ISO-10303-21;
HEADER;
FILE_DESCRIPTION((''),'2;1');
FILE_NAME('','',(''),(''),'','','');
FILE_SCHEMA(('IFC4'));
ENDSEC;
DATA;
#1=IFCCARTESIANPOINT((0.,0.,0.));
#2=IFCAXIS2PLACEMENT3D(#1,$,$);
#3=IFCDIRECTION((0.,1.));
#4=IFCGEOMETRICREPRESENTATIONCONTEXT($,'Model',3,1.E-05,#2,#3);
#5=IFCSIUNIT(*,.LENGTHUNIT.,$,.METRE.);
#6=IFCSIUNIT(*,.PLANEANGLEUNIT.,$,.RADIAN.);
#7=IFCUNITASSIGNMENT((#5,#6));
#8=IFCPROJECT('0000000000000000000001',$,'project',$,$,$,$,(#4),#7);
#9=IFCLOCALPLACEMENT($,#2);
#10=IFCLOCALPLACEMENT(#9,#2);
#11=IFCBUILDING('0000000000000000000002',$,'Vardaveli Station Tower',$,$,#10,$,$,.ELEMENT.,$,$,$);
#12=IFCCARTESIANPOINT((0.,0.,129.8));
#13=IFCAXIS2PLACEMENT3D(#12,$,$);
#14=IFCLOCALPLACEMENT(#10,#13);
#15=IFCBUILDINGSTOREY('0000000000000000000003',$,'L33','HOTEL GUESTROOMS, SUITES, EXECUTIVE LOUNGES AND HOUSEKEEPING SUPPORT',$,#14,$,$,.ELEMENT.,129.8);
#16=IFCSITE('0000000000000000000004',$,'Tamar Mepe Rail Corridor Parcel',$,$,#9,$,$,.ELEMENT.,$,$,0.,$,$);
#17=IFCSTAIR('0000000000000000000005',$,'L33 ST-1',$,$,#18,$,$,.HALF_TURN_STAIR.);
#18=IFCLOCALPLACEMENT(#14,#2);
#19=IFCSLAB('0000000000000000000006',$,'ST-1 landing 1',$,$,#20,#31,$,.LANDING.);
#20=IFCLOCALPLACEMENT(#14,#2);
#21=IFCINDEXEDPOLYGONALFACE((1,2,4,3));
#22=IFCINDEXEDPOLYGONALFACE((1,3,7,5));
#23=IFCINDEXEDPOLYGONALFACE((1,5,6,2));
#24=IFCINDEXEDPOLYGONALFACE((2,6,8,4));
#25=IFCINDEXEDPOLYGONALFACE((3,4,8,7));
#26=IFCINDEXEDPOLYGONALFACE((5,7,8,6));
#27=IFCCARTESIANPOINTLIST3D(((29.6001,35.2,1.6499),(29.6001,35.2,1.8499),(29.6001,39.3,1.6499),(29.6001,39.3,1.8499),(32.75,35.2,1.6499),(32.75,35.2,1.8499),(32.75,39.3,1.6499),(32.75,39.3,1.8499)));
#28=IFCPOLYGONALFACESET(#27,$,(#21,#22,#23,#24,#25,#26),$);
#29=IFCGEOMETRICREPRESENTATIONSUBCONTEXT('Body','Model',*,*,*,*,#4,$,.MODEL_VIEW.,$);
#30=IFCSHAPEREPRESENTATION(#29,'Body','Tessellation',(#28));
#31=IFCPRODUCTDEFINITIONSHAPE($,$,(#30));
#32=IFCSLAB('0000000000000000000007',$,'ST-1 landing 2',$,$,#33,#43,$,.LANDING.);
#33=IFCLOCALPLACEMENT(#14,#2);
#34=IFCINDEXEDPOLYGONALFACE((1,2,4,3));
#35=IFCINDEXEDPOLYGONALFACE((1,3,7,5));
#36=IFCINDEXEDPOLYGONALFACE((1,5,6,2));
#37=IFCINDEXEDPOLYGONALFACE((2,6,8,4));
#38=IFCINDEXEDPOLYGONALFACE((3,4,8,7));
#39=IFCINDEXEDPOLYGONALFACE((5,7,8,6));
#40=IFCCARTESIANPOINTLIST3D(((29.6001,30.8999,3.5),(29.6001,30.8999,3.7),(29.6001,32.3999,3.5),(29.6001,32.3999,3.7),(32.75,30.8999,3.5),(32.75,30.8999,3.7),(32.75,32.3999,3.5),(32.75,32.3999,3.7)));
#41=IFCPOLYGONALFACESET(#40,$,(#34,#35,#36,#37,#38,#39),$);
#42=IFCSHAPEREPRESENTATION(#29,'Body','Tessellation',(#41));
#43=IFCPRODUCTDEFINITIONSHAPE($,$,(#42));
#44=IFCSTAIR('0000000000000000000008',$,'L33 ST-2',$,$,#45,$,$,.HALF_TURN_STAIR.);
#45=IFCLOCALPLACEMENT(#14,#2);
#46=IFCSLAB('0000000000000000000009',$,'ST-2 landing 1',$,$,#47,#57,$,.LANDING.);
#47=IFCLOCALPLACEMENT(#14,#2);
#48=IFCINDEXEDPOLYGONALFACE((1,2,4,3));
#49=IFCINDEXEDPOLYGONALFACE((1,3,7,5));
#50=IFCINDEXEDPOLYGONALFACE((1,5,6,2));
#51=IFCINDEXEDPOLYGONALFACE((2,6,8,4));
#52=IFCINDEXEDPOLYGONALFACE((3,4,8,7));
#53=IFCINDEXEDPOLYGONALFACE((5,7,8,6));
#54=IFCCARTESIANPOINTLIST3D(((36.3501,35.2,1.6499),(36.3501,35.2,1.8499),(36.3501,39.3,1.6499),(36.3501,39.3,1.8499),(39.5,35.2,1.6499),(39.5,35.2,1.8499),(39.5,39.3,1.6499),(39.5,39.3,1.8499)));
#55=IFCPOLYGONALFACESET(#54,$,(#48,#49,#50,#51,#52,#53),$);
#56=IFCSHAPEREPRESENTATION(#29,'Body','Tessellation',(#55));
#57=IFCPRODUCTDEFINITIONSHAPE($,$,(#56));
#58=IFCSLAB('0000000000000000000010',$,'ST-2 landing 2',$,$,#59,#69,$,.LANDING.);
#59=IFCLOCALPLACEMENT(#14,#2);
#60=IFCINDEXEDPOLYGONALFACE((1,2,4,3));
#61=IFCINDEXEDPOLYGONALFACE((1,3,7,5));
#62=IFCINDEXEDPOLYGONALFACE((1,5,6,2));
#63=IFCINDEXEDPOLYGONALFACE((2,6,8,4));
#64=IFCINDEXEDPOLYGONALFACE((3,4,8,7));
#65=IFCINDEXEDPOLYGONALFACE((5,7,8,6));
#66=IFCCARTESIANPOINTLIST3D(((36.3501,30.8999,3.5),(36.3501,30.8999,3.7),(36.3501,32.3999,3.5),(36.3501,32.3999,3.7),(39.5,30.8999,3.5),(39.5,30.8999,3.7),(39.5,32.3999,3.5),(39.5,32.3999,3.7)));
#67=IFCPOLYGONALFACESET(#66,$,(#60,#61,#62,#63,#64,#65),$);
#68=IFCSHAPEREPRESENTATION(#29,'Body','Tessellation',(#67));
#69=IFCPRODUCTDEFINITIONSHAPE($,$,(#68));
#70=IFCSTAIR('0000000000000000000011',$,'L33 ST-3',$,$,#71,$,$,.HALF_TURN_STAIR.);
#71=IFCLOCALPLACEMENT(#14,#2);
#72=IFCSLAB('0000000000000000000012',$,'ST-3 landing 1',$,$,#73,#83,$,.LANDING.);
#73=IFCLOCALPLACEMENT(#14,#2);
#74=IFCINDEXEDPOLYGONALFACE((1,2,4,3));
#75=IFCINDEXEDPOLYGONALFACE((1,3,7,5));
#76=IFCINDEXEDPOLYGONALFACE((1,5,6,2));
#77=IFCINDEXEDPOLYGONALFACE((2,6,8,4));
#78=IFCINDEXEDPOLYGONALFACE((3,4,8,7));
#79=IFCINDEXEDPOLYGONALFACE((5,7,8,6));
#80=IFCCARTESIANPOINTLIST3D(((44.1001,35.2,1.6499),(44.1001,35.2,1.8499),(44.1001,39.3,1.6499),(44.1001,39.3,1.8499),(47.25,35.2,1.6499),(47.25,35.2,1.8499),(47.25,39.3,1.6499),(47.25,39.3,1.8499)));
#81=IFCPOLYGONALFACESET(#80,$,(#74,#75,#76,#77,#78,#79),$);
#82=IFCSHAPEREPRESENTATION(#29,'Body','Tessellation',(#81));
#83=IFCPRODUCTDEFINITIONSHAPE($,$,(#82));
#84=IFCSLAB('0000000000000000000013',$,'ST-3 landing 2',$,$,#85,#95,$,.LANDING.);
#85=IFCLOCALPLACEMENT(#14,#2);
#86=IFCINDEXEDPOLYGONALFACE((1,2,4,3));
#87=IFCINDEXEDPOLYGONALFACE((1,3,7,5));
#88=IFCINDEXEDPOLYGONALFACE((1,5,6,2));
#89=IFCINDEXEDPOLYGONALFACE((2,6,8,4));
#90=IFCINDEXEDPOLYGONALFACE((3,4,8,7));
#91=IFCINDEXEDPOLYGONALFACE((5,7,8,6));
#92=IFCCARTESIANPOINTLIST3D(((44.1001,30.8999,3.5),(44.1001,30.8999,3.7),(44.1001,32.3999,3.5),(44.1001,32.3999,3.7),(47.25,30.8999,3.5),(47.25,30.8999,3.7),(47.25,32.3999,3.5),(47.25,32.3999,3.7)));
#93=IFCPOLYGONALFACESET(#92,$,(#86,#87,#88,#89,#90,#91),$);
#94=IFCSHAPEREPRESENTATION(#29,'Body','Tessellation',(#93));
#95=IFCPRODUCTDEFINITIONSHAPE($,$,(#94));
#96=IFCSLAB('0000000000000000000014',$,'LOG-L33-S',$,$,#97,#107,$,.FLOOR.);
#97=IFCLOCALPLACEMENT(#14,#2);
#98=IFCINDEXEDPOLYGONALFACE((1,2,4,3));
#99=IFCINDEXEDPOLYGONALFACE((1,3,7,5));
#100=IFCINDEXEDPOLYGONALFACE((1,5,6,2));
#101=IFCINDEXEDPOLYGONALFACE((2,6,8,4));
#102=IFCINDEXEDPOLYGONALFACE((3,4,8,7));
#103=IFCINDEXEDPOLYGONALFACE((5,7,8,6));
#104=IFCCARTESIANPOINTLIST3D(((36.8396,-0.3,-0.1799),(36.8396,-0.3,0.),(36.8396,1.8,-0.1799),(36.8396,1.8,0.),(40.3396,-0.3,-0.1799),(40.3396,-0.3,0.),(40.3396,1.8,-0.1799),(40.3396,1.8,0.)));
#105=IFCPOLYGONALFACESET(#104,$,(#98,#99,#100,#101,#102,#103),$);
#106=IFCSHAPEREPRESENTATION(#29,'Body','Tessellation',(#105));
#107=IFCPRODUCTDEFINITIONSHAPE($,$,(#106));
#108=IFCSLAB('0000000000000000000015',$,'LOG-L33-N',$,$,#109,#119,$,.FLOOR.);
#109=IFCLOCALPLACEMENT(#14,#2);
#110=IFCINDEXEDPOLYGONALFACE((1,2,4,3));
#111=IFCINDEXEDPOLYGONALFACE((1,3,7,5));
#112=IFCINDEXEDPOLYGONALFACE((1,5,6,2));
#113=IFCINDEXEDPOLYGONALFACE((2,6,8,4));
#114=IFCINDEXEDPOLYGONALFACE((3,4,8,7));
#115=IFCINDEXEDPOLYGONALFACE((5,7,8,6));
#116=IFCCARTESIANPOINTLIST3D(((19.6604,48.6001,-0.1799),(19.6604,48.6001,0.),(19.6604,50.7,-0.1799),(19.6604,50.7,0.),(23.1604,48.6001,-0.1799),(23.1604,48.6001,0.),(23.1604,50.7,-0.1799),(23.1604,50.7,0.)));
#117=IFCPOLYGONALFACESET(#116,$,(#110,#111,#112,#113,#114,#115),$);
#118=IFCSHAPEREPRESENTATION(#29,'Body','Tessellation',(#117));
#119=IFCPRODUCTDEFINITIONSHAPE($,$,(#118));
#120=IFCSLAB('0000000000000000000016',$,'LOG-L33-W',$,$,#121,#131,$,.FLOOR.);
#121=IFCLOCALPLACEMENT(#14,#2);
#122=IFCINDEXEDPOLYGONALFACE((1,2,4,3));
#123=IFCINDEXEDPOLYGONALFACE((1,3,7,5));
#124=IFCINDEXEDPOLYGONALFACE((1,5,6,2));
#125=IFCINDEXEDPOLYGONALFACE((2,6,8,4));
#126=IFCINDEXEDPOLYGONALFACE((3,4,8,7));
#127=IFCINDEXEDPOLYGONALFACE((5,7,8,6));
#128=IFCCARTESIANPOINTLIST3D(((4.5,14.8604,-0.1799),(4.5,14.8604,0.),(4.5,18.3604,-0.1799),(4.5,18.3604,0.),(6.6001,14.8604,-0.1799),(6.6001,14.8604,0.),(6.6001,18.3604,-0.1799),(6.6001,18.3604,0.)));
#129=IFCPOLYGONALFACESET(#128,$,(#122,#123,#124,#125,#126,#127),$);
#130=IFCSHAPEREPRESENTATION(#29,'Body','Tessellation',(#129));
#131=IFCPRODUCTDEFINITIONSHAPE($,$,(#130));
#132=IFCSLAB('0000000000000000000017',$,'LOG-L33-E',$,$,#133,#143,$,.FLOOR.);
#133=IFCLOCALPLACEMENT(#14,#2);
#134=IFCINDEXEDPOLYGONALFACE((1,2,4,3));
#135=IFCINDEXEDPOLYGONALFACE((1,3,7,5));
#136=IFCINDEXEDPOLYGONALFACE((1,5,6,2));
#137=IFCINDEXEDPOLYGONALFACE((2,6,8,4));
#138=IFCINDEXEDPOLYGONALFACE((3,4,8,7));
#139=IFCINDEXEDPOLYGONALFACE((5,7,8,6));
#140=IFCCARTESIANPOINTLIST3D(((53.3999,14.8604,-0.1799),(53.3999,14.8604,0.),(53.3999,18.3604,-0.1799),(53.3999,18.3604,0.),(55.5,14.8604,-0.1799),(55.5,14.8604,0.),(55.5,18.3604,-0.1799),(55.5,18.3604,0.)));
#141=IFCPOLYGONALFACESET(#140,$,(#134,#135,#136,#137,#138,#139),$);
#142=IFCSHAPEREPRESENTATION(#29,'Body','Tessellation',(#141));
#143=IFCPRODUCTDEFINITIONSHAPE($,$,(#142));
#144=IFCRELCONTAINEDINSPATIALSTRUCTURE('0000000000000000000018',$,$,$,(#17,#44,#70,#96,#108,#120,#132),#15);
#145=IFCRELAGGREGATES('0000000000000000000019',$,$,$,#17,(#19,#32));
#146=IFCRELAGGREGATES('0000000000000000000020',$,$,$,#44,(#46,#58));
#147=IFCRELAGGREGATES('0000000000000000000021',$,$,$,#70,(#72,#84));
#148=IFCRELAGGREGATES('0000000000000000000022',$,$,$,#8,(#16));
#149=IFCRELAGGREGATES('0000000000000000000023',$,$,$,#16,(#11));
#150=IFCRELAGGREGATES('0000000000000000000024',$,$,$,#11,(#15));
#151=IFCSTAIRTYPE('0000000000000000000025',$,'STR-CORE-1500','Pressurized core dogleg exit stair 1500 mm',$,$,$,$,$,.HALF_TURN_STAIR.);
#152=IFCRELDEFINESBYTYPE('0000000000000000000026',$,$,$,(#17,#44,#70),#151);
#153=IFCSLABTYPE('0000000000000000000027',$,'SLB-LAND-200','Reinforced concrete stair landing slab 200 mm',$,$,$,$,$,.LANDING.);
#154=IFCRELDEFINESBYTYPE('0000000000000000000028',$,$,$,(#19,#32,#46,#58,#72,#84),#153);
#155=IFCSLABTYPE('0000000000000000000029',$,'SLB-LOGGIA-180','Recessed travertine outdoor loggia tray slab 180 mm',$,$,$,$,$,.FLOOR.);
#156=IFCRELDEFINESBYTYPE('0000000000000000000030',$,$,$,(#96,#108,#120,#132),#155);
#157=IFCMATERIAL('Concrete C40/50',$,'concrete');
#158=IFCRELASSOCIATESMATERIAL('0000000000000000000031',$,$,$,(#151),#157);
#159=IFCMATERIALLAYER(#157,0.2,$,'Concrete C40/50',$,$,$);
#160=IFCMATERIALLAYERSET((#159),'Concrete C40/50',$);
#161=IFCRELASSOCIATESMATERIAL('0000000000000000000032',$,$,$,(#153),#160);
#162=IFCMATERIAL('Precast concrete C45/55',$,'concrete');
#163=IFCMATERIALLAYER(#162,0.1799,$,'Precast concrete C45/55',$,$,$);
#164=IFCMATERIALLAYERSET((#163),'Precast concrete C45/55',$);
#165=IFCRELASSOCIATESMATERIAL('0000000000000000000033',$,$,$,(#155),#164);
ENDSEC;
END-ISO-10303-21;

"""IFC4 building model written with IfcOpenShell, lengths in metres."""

from ifc_helpers import new_model, si_unit, direction, frame, origin, place, context, subcontext, project, spatial, polyline, outline, extrude, material, layer, layer_set, type_object, element, aggregate, save


model = new_model("IFC4")

# Units and contexts
model_context = context("Model", 3, precision=1e-05, world=origin(), true_north=direction((0.0, 1.0)))
body_context = subcontext(model_context, "Body", "Model", "MODEL_VIEW")
ifc_project = project(units=[si_unit("LENGTHUNIT", "METRE"), si_unit("PLANEANGLEUNIT", "RADIAN")], contexts=[model_context])

# Site, building, storey
site_placement = place(None, origin())
site = spatial("IfcSite", under=ifc_project, at=site_placement, Name="Tamar Mepe Rail Corridor Parcel", CompositionType="ELEMENT", RefElevation=0.0)
building_placement = place(site_placement, origin())
building = spatial("IfcBuilding", under=site, at=building_placement, Name="Vardaveli Station Tower", CompositionType="ELEMENT")
storey_placement = place(building_placement, frame((0.0, 0.0, 129.8)))
storey = spatial("IfcBuildingStorey", under=building, at=storey_placement, Name="L33", Description="HOTEL GUESTROOMS, SUITES, EXECUTIVE LOUNGES AND HOUSEKEEPING SUPPORT", CompositionType="ELEMENT", Elevation=129.8)

# Stairs, slabs
ifc_material_1 = material(Name="Concrete C40/50", Category="concrete")
stair_type = type_object("IfcStairType", Name="STR-CORE-1500", Description="Pressurized core dogleg exit stair 1500 mm", PredefinedType="HALF_TURN_STAIR", material=ifc_material_1)
stair_1_placement = place(storey_placement, origin())
stair_1 = element("IfcStair", 1, at=stair_1_placement, inside=storey, type_object=stair_type, Name="L33 ST-1", PredefinedType="HALF_TURN_STAIR")
ifc_layer_1 = layer(ifc_material_1, 0.2, Name="Concrete C40/50")
ifc_layer_set_1 = layer_set([ifc_layer_1], Name="Concrete C40/50")
slab_type_1 = type_object("IfcSlabType", Name="SLB-LAND-200", Description="Reinforced concrete stair landing slab 200 mm", PredefinedType="LANDING", material=ifc_layer_set_1)
slab_1_placement = place(storey_placement, frame((0.0, 0.0, 1.6499)))
slab_1 = element("IfcSlab", 2, at=slab_1_placement, type_object=slab_type_1, Name="ST-1 landing 1", PredefinedType="LANDING", context=body_context, shape_type="SweptSolid", body=[
    extrude(outline(polyline([(32.75, 35.2), (32.75, 39.3), (29.6001, 39.3), (29.6001, 35.2), (32.75, 35.2)])), origin(), (0.0, 0.0, 1.0), 0.2),
])
slab_2_placement = place(storey_placement, frame((0.0, 0.0, 3.5)))
slab_2 = element("IfcSlab", 3, at=slab_2_placement, type_object=slab_type_1, Name="ST-1 landing 2", PredefinedType="LANDING", context=body_context, shape_type="SweptSolid", body=[
    extrude(outline(polyline([(32.75, 30.8999), (32.75, 32.3999), (29.6001, 32.3999), (29.6001, 30.8999), (32.75, 30.8999)])), origin(), (0.0, 0.0, 1.0), 0.2),
])
aggregate(stair_1, [slab_1, slab_2])
stair_2_placement = place(storey_placement, origin())
stair_2 = element("IfcStair", 4, at=stair_2_placement, inside=storey, type_object=stair_type, Name="L33 ST-2", PredefinedType="HALF_TURN_STAIR")
slab_3_placement = place(storey_placement, frame((0.0, 0.0, 1.6499)))
slab_3 = element("IfcSlab", 5, at=slab_3_placement, type_object=slab_type_1, Name="ST-2 landing 1", PredefinedType="LANDING", context=body_context, shape_type="SweptSolid", body=[
    extrude(outline(polyline([(39.5, 35.2), (39.5, 39.3), (36.3501, 39.3), (36.3501, 35.2), (39.5, 35.2)])), origin(), (0.0, 0.0, 1.0), 0.2),
])
slab_4_placement = place(storey_placement, frame((0.0, 0.0, 3.5)))
slab_4 = element("IfcSlab", 6, at=slab_4_placement, type_object=slab_type_1, Name="ST-2 landing 2", PredefinedType="LANDING", context=body_context, shape_type="SweptSolid", body=[
    extrude(outline(polyline([(39.5, 30.8999), (39.5, 32.3999), (36.3501, 32.3999), (36.3501, 30.8999), (39.5, 30.8999)])), origin(), (0.0, 0.0, 1.0), 0.2),
])
aggregate(stair_2, [slab_3, slab_4])
stair_3_placement = place(storey_placement, origin())
stair_3 = element("IfcStair", 7, at=stair_3_placement, inside=storey, type_object=stair_type, Name="L33 ST-3", PredefinedType="HALF_TURN_STAIR")
slab_5_placement = place(storey_placement, frame((0.0, 0.0, 1.6499)))
slab_5 = element("IfcSlab", 8, at=slab_5_placement, type_object=slab_type_1, Name="ST-3 landing 1", PredefinedType="LANDING", context=body_context, shape_type="SweptSolid", body=[
    extrude(outline(polyline([(47.25, 35.2), (47.25, 39.3), (44.1001, 39.3), (44.1001, 35.2), (47.25, 35.2)])), origin(), (0.0, 0.0, 1.0), 0.2),
])
slab_6_placement = place(storey_placement, frame((0.0, 0.0, 3.5)))
slab_6 = element("IfcSlab", 9, at=slab_6_placement, type_object=slab_type_1, Name="ST-3 landing 2", PredefinedType="LANDING", context=body_context, shape_type="SweptSolid", body=[
    extrude(outline(polyline([(47.25, 30.8999), (47.25, 32.3999), (44.1001, 32.3999), (44.1001, 30.8999), (47.25, 30.8999)])), origin(), (0.0, 0.0, 1.0), 0.2),
])
aggregate(stair_3, [slab_5, slab_6])

# Slabs
ifc_material_2 = material(Name="Precast concrete C45/55", Category="concrete")
ifc_layer_2 = layer(ifc_material_2, 0.1799, Name="Precast concrete C45/55")
ifc_layer_set_2 = layer_set([ifc_layer_2], Name="Precast concrete C45/55")
slab_type_2 = type_object("IfcSlabType", Name="SLB-LOGGIA-180", Description="Recessed travertine outdoor loggia tray slab 180 mm", PredefinedType="FLOOR", material=ifc_layer_set_2)
slab_7_placement = place(storey_placement, frame((0.0, 0.0, -0.1799)))
element("IfcSlab", 10, at=slab_7_placement, inside=storey, type_object=slab_type_2, Name="LOG-L33-S", PredefinedType="FLOOR", context=body_context, shape_type="SweptSolid", body=[
    extrude(outline(polyline([(36.8396, -0.3), (40.3396, -0.3), (40.3396, 1.8), (36.8396, 1.8), (36.8396, -0.3)])), origin(), (0.0, 0.0, 1.0), 0.1799),
])
slab_8_placement = place(storey_placement, frame((0.0, 0.0, -0.1799)))
element("IfcSlab", 11, at=slab_8_placement, inside=storey, type_object=slab_type_2, Name="LOG-L33-N", PredefinedType="FLOOR", context=body_context, shape_type="SweptSolid", body=[
    extrude(outline(polyline([(19.6604, 48.6001), (23.1604, 48.6001), (23.1604, 50.7), (19.6604, 50.7), (19.6604, 48.6001)])), origin(), (0.0, 0.0, 1.0), 0.1799),
])
slab_9_placement = place(storey_placement, frame((0.0, 0.0, -0.1799)))
element("IfcSlab", 12, at=slab_9_placement, inside=storey, type_object=slab_type_2, Name="LOG-L33-W", PredefinedType="FLOOR", context=body_context, shape_type="SweptSolid", body=[
    extrude(outline(polyline([(4.5, 14.8604), (6.6001, 14.8604), (6.6001, 18.3604), (4.5, 18.3604), (4.5, 14.8604)])), origin(), (0.0, 0.0, 1.0), 0.1799),
])
slab_10_placement = place(storey_placement, frame((0.0, 0.0, -0.1799)))
element("IfcSlab", 13, at=slab_10_placement, inside=storey, type_object=slab_type_2, Name="LOG-L33-E", PredefinedType="FLOOR", context=body_context, shape_type="SweptSolid", body=[
    extrude(outline(polyline([(53.3999, 14.8604), (55.5, 14.8604), (55.5, 18.3604), (53.3999, 18.3604), (53.3999, 14.8604)])), origin(), (0.0, 0.0, 1.0), 0.1799),
])

save(model, "model.ifc")
